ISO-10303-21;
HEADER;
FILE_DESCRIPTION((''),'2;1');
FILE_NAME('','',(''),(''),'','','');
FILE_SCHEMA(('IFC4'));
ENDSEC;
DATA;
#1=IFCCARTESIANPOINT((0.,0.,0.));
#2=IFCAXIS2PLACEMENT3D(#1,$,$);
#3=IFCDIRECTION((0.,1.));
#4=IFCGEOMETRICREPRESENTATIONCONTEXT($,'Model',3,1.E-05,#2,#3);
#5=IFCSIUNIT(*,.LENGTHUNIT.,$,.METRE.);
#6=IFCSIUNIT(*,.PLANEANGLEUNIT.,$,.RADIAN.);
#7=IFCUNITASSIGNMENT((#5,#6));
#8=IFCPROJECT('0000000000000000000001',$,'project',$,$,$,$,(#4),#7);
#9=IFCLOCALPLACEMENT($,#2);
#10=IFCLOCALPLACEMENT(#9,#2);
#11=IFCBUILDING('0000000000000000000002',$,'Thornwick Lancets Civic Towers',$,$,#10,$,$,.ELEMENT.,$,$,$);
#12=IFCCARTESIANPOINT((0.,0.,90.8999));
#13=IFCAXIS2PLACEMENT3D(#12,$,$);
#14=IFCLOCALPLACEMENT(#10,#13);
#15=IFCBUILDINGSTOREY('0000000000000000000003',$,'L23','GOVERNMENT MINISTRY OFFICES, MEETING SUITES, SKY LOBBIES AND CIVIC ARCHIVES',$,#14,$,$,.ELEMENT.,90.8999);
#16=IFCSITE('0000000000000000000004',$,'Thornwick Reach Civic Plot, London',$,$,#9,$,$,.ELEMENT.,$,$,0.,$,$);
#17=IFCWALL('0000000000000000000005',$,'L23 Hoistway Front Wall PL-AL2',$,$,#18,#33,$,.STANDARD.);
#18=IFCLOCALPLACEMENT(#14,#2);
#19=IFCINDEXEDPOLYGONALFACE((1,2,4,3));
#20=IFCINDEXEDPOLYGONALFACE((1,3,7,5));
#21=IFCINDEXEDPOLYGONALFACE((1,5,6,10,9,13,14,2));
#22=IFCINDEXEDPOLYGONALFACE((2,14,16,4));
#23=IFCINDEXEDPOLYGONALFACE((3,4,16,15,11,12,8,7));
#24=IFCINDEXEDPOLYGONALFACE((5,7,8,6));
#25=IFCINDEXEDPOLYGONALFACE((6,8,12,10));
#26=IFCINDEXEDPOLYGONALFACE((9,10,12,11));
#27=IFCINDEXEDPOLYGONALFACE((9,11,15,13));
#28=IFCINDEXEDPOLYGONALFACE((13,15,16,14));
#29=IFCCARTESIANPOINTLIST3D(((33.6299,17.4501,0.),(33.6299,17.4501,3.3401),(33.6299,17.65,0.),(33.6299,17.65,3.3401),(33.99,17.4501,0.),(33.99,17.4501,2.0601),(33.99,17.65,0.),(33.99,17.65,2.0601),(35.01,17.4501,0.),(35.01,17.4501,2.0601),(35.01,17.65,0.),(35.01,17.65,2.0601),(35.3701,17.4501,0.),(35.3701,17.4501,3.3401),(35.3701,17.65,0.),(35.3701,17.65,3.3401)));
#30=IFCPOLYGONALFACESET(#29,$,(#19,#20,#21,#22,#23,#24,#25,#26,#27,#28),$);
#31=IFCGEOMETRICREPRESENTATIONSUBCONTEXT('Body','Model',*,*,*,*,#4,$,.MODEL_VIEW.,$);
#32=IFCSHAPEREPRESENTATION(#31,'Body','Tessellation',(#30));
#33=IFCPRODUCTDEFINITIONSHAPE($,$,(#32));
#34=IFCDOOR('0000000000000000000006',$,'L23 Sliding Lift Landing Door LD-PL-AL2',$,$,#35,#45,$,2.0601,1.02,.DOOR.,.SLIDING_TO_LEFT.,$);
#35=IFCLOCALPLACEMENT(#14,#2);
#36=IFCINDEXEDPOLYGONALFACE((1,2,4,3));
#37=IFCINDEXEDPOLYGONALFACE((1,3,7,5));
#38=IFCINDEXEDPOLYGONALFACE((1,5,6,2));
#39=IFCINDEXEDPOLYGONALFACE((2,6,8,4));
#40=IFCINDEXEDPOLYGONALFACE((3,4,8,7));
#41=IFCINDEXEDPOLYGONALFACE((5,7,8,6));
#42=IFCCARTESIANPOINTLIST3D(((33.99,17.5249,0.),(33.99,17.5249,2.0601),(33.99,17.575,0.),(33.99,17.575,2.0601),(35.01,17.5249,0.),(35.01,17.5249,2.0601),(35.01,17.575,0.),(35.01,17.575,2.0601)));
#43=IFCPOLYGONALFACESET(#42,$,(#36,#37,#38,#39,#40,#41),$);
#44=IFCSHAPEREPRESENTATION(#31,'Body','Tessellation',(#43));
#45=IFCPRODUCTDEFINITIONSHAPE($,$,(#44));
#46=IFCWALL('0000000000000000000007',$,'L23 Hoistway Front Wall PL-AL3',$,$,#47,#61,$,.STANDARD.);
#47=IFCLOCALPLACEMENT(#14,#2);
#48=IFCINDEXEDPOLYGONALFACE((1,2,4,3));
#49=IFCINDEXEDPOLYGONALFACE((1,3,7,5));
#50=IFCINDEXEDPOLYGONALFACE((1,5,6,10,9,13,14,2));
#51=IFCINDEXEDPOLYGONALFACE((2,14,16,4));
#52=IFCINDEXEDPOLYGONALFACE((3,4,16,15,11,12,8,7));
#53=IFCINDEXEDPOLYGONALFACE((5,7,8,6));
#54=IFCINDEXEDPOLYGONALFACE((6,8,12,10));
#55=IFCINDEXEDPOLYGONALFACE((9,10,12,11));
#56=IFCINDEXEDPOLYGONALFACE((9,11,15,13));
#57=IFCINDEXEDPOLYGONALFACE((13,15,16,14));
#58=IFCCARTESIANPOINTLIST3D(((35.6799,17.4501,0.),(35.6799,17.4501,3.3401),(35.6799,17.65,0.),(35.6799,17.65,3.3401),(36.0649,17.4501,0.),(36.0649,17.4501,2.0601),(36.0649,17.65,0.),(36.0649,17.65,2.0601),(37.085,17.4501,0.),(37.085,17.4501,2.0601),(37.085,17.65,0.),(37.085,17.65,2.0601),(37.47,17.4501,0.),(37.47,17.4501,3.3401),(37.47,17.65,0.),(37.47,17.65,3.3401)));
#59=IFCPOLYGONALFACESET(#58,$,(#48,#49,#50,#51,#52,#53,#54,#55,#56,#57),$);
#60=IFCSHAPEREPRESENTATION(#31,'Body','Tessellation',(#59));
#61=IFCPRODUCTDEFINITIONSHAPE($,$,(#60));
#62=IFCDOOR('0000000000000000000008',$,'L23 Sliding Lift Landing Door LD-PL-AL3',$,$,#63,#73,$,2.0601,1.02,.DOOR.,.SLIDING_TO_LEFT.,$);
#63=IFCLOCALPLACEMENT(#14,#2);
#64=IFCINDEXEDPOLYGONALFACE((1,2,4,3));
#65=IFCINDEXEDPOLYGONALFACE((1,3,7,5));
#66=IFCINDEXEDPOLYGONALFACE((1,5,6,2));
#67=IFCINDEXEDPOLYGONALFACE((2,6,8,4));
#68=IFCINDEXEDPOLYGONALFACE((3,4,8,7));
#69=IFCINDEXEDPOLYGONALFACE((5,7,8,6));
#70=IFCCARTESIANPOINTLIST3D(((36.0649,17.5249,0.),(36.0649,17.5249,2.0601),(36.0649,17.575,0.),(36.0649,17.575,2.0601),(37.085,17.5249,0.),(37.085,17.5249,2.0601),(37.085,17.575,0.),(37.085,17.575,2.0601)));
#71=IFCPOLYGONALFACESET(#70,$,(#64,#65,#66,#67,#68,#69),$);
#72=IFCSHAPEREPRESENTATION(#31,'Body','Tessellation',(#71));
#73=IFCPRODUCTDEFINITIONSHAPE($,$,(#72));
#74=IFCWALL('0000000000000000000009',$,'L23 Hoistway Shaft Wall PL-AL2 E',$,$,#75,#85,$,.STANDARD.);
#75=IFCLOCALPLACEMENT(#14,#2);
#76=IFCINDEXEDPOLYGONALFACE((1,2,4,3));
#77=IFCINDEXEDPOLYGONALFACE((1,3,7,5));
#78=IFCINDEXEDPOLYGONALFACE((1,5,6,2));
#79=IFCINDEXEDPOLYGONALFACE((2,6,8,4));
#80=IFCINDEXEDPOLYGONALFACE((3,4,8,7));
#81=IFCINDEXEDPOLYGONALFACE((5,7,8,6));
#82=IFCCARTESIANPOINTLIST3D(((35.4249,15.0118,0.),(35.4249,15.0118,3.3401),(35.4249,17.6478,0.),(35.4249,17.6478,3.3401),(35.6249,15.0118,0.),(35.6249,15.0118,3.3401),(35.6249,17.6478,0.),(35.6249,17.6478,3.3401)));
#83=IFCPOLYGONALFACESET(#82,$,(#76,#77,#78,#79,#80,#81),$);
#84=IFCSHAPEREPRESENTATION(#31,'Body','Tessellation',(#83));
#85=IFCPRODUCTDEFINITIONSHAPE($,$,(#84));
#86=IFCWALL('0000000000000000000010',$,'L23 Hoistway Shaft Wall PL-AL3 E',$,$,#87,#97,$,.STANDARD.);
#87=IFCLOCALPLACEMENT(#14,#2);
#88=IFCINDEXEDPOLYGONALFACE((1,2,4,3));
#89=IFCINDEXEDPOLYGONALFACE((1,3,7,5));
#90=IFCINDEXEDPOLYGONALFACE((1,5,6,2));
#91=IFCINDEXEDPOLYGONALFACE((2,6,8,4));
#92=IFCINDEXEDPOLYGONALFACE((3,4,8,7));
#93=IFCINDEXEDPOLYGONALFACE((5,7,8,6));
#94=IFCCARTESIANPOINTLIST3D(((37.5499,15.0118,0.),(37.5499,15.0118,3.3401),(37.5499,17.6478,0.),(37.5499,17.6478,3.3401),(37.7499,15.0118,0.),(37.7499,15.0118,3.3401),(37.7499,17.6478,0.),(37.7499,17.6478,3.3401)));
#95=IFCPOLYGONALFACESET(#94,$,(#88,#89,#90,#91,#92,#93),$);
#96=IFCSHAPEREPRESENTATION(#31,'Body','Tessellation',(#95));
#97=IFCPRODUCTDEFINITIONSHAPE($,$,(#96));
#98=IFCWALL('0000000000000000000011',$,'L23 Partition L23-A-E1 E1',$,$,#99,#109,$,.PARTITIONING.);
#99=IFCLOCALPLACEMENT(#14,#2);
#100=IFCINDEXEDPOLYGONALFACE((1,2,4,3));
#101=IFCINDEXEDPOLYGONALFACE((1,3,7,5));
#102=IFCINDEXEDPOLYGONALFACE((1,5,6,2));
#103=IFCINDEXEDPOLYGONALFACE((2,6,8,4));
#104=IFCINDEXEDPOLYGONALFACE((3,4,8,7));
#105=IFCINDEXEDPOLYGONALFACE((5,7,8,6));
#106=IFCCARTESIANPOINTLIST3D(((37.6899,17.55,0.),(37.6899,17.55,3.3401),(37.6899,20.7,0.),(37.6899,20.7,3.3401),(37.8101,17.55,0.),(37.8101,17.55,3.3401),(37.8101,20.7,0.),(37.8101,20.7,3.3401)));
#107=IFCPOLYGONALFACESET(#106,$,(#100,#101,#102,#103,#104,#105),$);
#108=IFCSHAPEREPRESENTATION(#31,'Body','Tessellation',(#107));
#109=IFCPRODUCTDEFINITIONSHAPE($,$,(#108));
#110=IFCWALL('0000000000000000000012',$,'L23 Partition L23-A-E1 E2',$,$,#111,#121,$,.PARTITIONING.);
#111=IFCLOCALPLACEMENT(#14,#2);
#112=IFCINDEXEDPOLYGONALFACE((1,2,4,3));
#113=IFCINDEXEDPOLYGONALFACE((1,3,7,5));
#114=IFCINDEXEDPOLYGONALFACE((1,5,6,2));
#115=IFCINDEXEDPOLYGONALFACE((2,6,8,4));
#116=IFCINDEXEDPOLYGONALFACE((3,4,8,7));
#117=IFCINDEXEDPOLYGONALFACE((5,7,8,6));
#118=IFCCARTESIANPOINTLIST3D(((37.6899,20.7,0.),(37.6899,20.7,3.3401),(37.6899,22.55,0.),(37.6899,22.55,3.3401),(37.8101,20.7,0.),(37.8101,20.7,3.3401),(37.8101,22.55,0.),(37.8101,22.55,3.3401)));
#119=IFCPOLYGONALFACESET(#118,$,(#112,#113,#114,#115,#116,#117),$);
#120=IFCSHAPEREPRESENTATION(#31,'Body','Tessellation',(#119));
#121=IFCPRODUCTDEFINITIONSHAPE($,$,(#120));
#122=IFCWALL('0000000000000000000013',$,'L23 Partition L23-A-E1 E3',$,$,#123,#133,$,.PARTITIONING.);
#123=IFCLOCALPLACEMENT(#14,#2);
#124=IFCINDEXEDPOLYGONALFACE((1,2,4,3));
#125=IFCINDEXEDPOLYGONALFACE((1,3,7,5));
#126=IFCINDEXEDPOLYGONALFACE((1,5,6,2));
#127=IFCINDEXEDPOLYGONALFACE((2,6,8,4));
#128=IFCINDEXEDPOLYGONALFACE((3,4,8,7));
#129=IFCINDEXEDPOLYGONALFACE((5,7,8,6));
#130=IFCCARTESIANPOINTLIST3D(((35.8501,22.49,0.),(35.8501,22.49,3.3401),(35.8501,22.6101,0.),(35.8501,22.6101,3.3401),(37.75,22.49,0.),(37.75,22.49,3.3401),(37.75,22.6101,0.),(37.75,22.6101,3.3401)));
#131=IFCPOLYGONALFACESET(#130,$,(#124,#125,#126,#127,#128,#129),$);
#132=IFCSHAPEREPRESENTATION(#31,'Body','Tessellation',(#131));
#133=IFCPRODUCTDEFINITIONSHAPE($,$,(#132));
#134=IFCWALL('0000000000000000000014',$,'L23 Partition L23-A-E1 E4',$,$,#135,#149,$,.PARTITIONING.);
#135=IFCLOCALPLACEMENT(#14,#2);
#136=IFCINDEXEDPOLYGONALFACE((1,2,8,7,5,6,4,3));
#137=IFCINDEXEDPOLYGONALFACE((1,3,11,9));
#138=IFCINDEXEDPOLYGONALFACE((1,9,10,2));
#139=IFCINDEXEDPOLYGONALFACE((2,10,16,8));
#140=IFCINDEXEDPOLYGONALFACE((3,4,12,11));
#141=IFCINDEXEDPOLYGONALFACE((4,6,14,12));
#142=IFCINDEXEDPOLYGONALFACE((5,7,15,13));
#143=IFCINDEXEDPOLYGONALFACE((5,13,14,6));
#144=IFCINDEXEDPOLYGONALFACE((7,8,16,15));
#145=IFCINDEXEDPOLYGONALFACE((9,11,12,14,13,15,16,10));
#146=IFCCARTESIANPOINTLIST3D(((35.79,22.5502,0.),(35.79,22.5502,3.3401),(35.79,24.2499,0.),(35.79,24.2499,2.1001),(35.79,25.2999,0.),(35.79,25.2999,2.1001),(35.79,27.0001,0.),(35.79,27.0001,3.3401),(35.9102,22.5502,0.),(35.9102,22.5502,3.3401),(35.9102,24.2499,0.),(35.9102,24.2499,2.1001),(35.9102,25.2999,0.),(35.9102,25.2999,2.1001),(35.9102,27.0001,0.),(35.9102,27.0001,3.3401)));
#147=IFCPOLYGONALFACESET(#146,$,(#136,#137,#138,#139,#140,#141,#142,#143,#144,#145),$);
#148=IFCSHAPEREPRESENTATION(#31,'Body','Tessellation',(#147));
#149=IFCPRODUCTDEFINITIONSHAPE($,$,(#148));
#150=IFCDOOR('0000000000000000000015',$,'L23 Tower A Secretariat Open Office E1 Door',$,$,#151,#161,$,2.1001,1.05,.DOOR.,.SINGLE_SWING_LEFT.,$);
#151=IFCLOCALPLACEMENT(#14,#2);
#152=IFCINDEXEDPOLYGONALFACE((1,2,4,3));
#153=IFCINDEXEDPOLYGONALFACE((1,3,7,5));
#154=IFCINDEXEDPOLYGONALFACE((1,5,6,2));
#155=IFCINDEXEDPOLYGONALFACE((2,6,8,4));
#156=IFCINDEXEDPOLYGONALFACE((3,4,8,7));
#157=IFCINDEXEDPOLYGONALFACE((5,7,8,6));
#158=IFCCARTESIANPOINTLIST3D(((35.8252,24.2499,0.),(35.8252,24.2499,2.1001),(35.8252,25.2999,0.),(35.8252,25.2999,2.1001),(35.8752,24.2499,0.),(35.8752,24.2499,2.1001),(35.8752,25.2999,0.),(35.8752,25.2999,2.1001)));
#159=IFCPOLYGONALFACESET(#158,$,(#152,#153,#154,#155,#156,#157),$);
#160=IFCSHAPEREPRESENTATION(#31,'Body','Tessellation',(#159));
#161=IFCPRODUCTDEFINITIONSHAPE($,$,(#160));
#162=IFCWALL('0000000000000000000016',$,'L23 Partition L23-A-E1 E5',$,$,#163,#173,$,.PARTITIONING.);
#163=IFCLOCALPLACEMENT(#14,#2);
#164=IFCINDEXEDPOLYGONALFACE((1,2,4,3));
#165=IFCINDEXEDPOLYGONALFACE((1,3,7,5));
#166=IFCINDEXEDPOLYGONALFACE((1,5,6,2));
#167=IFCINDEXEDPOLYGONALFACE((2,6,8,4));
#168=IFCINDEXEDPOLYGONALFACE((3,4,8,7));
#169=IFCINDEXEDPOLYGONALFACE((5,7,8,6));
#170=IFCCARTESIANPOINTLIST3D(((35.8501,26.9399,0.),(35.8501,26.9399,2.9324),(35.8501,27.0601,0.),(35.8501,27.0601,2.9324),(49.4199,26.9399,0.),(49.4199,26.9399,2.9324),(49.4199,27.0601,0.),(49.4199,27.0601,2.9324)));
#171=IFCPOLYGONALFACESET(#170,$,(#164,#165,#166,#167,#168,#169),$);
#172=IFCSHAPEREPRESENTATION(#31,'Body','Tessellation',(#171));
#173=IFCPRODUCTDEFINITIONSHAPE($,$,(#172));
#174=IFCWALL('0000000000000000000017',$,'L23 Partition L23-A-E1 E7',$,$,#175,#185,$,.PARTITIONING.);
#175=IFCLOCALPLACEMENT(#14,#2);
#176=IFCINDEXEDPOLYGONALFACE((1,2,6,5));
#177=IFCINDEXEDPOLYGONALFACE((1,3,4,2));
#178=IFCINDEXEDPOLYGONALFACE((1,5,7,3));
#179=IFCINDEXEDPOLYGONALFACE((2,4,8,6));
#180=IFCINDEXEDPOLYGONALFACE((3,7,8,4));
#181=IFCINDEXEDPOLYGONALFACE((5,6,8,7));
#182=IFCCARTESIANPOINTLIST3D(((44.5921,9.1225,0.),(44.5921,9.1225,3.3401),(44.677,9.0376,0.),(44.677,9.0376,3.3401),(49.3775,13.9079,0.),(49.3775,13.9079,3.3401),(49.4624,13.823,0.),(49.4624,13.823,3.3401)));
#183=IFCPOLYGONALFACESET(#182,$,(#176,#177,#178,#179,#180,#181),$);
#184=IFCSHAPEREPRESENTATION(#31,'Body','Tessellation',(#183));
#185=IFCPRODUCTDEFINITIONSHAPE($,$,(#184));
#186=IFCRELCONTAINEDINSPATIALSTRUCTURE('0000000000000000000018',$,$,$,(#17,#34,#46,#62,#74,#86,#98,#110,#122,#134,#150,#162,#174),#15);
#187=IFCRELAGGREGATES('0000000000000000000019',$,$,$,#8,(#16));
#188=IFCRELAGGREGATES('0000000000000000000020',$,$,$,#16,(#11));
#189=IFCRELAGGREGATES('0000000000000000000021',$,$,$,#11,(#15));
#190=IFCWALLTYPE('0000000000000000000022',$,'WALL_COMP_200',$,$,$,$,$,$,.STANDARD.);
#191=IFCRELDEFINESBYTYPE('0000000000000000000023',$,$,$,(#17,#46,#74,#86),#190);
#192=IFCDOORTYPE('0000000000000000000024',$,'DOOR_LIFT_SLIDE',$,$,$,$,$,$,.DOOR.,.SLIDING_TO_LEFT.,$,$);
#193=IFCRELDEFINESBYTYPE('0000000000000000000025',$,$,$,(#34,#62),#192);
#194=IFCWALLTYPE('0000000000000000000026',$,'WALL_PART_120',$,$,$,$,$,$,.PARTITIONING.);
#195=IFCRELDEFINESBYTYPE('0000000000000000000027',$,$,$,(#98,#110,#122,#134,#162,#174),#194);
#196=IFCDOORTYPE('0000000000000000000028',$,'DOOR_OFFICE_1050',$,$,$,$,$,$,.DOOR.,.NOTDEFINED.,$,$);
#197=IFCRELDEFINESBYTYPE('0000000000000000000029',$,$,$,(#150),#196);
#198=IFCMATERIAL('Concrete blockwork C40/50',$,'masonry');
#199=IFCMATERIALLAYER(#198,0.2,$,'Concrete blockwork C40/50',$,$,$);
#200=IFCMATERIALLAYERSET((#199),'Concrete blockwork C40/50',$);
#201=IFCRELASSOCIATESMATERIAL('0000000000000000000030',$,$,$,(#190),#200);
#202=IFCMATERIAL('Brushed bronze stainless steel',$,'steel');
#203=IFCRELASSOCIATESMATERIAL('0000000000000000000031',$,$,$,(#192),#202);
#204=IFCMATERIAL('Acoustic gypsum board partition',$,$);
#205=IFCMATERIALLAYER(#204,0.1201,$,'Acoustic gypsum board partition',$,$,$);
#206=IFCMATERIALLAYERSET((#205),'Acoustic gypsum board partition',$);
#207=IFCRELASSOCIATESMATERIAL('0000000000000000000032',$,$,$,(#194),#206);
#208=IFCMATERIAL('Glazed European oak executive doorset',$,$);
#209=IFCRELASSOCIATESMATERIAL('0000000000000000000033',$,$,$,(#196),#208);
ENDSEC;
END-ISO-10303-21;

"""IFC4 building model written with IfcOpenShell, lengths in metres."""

from ifc_helpers import new_model, si_unit, direction, frame, frame_2d, origin, place, context, subcontext, project, spatial, rectangle, extrude, material, layer, layer_set, type_object, element, fill, save


model = new_model("IFC4")

# Units and contexts
model_context = context("Model", 3, precision=1e-05, world=origin(), true_north=direction((0.0, 1.0)))
body_context = subcontext(model_context, "Body", "Model", "MODEL_VIEW")
ifc_project = project(units=[si_unit("LENGTHUNIT", "METRE"), si_unit("PLANEANGLEUNIT", "RADIAN")], contexts=[model_context])

# Site, building, storey
site_placement = place(None, origin())
site = spatial("IfcSite", under=ifc_project, at=site_placement, Name="Thornwick Reach Civic Plot, London", CompositionType="ELEMENT", RefElevation=0.0)
building_placement = place(site_placement, origin())
building = spatial("IfcBuilding", under=site, at=building_placement, Name="Thornwick Lancets Civic Towers", CompositionType="ELEMENT")
storey_placement = place(building_placement, frame((0.0, 0.0, 90.8999)))
storey = spatial("IfcBuildingStorey", under=building, at=storey_placement, Name="L23", Description="GOVERNMENT MINISTRY OFFICES, MEETING SUITES, SKY LOBBIES AND CIVIC ARCHIVES", CompositionType="ELEMENT", Elevation=90.8999)

# Walls, openings, doors
ifc_material_1 = material(Name="Concrete blockwork C40/50", Category="masonry")
ifc_layer_1 = layer(ifc_material_1, 0.2, Name="Concrete blockwork C40/50")
ifc_layer_set_1 = layer_set([ifc_layer_1], Name="Concrete blockwork C40/50")
wall_type_1 = type_object("IfcWallType", Name="WALL_COMP_200", PredefinedType="STANDARD", material=ifc_layer_set_1)
wall_1_placement = place(storey_placement, frame((33.6299, 17.55, 0.0), z_axis=(0.0, 0.0, 1.0), x_axis=(1.0, 0.0, 0.0)))
wall_1 = element("IfcWall", 1, at=wall_1_placement, inside=storey, type_object=wall_type_1, Name="L23 Hoistway Front Wall PL-AL2", PredefinedType="STANDARD", context=body_context, shape_type="SweptSolid", body=[
    extrude(rectangle(XDim=1.7402, YDim=0.2, at=frame_2d((0.8701, 0.0))), origin(), (0.0, 0.0, 1.0), 3.3401),
])
opening_1_placement = place(wall_1_placement, frame((0.3601, 0.0, 0.0)))
opening_1 = element("IfcOpeningElement", 2, at=opening_1_placement, cuts=wall_1, PredefinedType="OPENING", context=body_context, shape_type="SweptSolid", body=[
    extrude(rectangle(XDim=1.02, YDim=2.0601, at=frame_2d((0.51, 1.03))), frame((0.0, 0.1099, 0.0), z_axis=(0.0, -1.0, 0.0), x_axis=(1.0, 0.0, 0.0)), (0.0, 0.0, 1.0), 0.22),
])
ifc_material_2 = material(Name="Brushed bronze stainless steel", Category="steel")
door_type_1 = type_object("IfcDoorType", Name="DOOR_LIFT_SLIDE", OperationType="SLIDING_TO_LEFT", PredefinedType="DOOR", material=ifc_material_2)
door_1_placement = place(opening_1_placement, origin())
door_1 = element("IfcDoor", 3, at=door_1_placement, inside=storey, type_object=door_type_1, Name="L23 Sliding Lift Landing Door LD-PL-AL2", OperationType="SLIDING_TO_LEFT", OverallHeight=2.0601, OverallWidth=1.02, PredefinedType="DOOR", context=body_context, shape_type="SweptSolid", body=[
    extrude(rectangle(XDim=1.02, YDim=2.0601, at=frame_2d((0.51, 1.03))), frame((0.0, 0.0249, 0.0), z_axis=(0.0, -1.0, 0.0), x_axis=(1.0, 0.0, 0.0)), (0.0, 0.0, 1.0), 0.05),
])
fill(opening_1, door_1)
wall_2_placement = place(storey_placement, frame((35.6799, 17.55, 0.0), z_axis=(0.0, 0.0, 1.0), x_axis=(1.0, 0.0, 0.0)))
wall_2 = element("IfcWall", 4, at=wall_2_placement, inside=storey, type_object=wall_type_1, Name="L23 Hoistway Front Wall PL-AL3", PredefinedType="STANDARD", context=body_context, shape_type="SweptSolid", body=[
    extrude(rectangle(XDim=1.79, YDim=0.2, at=frame_2d((0.895, 0.0))), origin(), (0.0, 0.0, 1.0), 3.3401),
])
opening_2_placement = place(wall_2_placement, frame((0.385, 0.0, 0.0)))
opening_2 = element("IfcOpeningElement", 5, at=opening_2_placement, cuts=wall_2, PredefinedType="OPENING", context=body_context, shape_type="SweptSolid", body=[
    extrude(rectangle(XDim=1.02, YDim=2.0601, at=frame_2d((0.51, 1.03))), frame((0.0, 0.1099, 0.0), z_axis=(0.0, -1.0, 0.0), x_axis=(1.0, 0.0, 0.0)), (0.0, 0.0, 1.0), 0.22),
])
door_2_placement = place(opening_2_placement, origin())
door_2 = element("IfcDoor", 6, at=door_2_placement, inside=storey, type_object=door_type_1, Name="L23 Sliding Lift Landing Door LD-PL-AL3", OperationType="SLIDING_TO_LEFT", OverallHeight=2.0601, OverallWidth=1.02, PredefinedType="DOOR", context=body_context, shape_type="SweptSolid", body=[
    extrude(rectangle(XDim=1.02, YDim=2.0601, at=frame_2d((0.51, 1.03))), frame((0.0, 0.0249, 0.0), z_axis=(0.0, -1.0, 0.0), x_axis=(1.0, 0.0, 0.0)), (0.0, 0.0, 1.0), 0.05),
])
fill(opening_2, door_2)

# Walls
for number, where, z_axis, x_axis, name in (
    (7, (35.5249, 15.012, 0.0), (0.0, 0.0, 1.0), (0.0, 1.0, 0.0), "L23 Hoistway Shaft Wall PL-AL2 E"),
    (8, (37.6499, 15.012, 0.0), (0.0, 0.0, 1.0), (0.0, 1.0, 0.0), "L23 Hoistway Shaft Wall PL-AL3 E"),
):
    element("IfcWall", number, at=place(storey_placement, frame(where, z_axis=z_axis, x_axis=x_axis)), inside=storey, type_object=wall_type_1, Name=name, PredefinedType="STANDARD", context=body_context, shape_type="SweptSolid", body=[
        extrude(rectangle(XDim=2.636, YDim=0.2, at=frame_2d((1.3179, 0.0))), origin(), (0.0, 0.0, 1.0), 3.3401),
    ])
ifc_material_3 = material(Name="Acoustic gypsum board partition")
ifc_layer_2 = layer(ifc_material_3, 0.1201, Name="Acoustic gypsum board partition")
ifc_layer_set_2 = layer_set([ifc_layer_2], Name="Acoustic gypsum board partition")
wall_type_2 = type_object("IfcWallType", Name="WALL_PART_120", PredefinedType="PARTITIONING", material=ifc_layer_set_2)
wall_3_placement = place(storey_placement, frame((37.75, 17.55, 0.0), z_axis=(0.0, 0.0, 1.0), x_axis=(0.0, 1.0, 0.0)))
element("IfcWall", 9, at=wall_3_placement, inside=storey, type_object=wall_type_2, Name="L23 Partition L23-A-E1 E1", PredefinedType="PARTITIONING", context=body_context, shape_type="SweptSolid", body=[
    extrude(rectangle(XDim=3.1499, YDim=0.1201, at=frame_2d((1.575, 0.0))), origin(), (0.0, 0.0, 1.0), 3.3401),
])
wall_4_placement = place(storey_placement, frame((37.75, 20.7, 0.0), z_axis=(0.0, 0.0, 1.0), x_axis=(0.0, 1.0, 0.0)))
element("IfcWall", 10, at=wall_4_placement, inside=storey, type_object=wall_type_2, Name="L23 Partition L23-A-E1 E2", PredefinedType="PARTITIONING", context=body_context, shape_type="SweptSolid", body=[
    extrude(rectangle(XDim=1.8501, YDim=0.1201, at=frame_2d((0.925, 0.0))), origin(), (0.0, 0.0, 1.0), 3.3401),
])
wall_5_placement = place(storey_placement, frame((37.75, 22.55, 0.0), z_axis=(0.0, 0.0, 1.0), x_axis=(-1.0, 0.0, 0.0)))
element("IfcWall", 11, at=wall_5_placement, inside=storey, type_object=wall_type_2, Name="L23 Partition L23-A-E1 E3", PredefinedType="PARTITIONING", context=body_context, shape_type="SweptSolid", body=[
    extrude(rectangle(XDim=1.8999, YDim=0.1201, at=frame_2d((0.95, 0.0))), origin(), (0.0, 0.0, 1.0), 3.3401),
])

# Wall, opening, door
wall_6_placement = place(storey_placement, frame((35.8501, 22.55, 0.0), z_axis=(0.0, 0.0, 1.0), x_axis=(0.0, 1.0, 0.0)))
wall_6 = element("IfcWall", 12, at=wall_6_placement, inside=storey, type_object=wall_type_2, Name="L23 Partition L23-A-E1 E4", PredefinedType="PARTITIONING", context=body_context, shape_type="SweptSolid", body=[
    extrude(rectangle(XDim=4.45, YDim=0.1201, at=frame_2d((2.2251, 0.0))), origin(), (0.0, 0.0, 1.0), 3.3401),
])
opening_3_placement = place(wall_6_placement, frame((1.7, 0.0, 0.0)))
opening_3 = element("IfcOpeningElement", 13, at=opening_3_placement, cuts=wall_6, PredefinedType="OPENING", context=body_context, shape_type="SweptSolid", body=[
    extrude(rectangle(XDim=1.05, YDim=2.1001, at=frame_2d((0.5249, 1.05))), frame((0.0, 0.0701, 0.0), z_axis=(0.0, -1.0, 0.0), x_axis=(1.0, 0.0, 0.0)), (0.0, 0.0, 1.0), 0.1401),
])
ifc_material_4 = material(Name="Glazed European oak executive doorset")
door_type_2 = type_object("IfcDoorType", Name="DOOR_OFFICE_1050", OperationType="NOTDEFINED", PredefinedType="DOOR", material=ifc_material_4)
door_3_placement = place(opening_3_placement, origin())
door_3 = element("IfcDoor", 14, at=door_3_placement, inside=storey, type_object=door_type_2, Name="L23 Tower A Secretariat Open Office E1 Door", OperationType="SINGLE_SWING_LEFT", OverallHeight=2.1001, OverallWidth=1.05, PredefinedType="DOOR", context=body_context, shape_type="SweptSolid", body=[
    extrude(rectangle(XDim=1.05, YDim=2.1001, at=frame_2d((0.5249, 1.05))), frame((0.0, 0.0249, 0.0), z_axis=(0.0, -1.0, 0.0), x_axis=(1.0, 0.0, 0.0)), (0.0, 0.0, 1.0), 0.05),
])
fill(opening_3, door_3)

# Walls
wall_7_placement = place(storey_placement, frame((35.8501, 27.0, 0.0), z_axis=(0.0, 0.0, 1.0), x_axis=(1.0, 0.0, 0.0)))
element("IfcWall", 15, at=wall_7_placement, inside=storey, type_object=wall_type_2, Name="L23 Partition L23-A-E1 E5", PredefinedType="PARTITIONING", context=body_context, shape_type="SweptSolid", body=[
    extrude(rectangle(XDim=13.5698, YDim=0.1201, at=frame_2d((6.7849, 0.0))), origin(), (0.0, 0.0, 1.0), 2.9324),
])
wall_8_placement = place(storey_placement, frame((49.4199, 13.8655, 0.0), z_axis=(0.0, 0.0, 1.0), x_axis=(-0.707107, -0.707107, 0.0)))
element("IfcWall", 16, at=wall_8_placement, inside=storey, type_object=wall_type_2, Name="L23 Partition L23-A-E1 E7", PredefinedType="PARTITIONING", context=body_context, shape_type="SweptSolid", body=[
    extrude(rectangle(XDim=6.7676, YDim=0.1201, at=frame_2d((3.3838, 0.0))), origin(), (0.0, 0.0, 1.0), 3.3401),
])

save(model, "model.ifc")
